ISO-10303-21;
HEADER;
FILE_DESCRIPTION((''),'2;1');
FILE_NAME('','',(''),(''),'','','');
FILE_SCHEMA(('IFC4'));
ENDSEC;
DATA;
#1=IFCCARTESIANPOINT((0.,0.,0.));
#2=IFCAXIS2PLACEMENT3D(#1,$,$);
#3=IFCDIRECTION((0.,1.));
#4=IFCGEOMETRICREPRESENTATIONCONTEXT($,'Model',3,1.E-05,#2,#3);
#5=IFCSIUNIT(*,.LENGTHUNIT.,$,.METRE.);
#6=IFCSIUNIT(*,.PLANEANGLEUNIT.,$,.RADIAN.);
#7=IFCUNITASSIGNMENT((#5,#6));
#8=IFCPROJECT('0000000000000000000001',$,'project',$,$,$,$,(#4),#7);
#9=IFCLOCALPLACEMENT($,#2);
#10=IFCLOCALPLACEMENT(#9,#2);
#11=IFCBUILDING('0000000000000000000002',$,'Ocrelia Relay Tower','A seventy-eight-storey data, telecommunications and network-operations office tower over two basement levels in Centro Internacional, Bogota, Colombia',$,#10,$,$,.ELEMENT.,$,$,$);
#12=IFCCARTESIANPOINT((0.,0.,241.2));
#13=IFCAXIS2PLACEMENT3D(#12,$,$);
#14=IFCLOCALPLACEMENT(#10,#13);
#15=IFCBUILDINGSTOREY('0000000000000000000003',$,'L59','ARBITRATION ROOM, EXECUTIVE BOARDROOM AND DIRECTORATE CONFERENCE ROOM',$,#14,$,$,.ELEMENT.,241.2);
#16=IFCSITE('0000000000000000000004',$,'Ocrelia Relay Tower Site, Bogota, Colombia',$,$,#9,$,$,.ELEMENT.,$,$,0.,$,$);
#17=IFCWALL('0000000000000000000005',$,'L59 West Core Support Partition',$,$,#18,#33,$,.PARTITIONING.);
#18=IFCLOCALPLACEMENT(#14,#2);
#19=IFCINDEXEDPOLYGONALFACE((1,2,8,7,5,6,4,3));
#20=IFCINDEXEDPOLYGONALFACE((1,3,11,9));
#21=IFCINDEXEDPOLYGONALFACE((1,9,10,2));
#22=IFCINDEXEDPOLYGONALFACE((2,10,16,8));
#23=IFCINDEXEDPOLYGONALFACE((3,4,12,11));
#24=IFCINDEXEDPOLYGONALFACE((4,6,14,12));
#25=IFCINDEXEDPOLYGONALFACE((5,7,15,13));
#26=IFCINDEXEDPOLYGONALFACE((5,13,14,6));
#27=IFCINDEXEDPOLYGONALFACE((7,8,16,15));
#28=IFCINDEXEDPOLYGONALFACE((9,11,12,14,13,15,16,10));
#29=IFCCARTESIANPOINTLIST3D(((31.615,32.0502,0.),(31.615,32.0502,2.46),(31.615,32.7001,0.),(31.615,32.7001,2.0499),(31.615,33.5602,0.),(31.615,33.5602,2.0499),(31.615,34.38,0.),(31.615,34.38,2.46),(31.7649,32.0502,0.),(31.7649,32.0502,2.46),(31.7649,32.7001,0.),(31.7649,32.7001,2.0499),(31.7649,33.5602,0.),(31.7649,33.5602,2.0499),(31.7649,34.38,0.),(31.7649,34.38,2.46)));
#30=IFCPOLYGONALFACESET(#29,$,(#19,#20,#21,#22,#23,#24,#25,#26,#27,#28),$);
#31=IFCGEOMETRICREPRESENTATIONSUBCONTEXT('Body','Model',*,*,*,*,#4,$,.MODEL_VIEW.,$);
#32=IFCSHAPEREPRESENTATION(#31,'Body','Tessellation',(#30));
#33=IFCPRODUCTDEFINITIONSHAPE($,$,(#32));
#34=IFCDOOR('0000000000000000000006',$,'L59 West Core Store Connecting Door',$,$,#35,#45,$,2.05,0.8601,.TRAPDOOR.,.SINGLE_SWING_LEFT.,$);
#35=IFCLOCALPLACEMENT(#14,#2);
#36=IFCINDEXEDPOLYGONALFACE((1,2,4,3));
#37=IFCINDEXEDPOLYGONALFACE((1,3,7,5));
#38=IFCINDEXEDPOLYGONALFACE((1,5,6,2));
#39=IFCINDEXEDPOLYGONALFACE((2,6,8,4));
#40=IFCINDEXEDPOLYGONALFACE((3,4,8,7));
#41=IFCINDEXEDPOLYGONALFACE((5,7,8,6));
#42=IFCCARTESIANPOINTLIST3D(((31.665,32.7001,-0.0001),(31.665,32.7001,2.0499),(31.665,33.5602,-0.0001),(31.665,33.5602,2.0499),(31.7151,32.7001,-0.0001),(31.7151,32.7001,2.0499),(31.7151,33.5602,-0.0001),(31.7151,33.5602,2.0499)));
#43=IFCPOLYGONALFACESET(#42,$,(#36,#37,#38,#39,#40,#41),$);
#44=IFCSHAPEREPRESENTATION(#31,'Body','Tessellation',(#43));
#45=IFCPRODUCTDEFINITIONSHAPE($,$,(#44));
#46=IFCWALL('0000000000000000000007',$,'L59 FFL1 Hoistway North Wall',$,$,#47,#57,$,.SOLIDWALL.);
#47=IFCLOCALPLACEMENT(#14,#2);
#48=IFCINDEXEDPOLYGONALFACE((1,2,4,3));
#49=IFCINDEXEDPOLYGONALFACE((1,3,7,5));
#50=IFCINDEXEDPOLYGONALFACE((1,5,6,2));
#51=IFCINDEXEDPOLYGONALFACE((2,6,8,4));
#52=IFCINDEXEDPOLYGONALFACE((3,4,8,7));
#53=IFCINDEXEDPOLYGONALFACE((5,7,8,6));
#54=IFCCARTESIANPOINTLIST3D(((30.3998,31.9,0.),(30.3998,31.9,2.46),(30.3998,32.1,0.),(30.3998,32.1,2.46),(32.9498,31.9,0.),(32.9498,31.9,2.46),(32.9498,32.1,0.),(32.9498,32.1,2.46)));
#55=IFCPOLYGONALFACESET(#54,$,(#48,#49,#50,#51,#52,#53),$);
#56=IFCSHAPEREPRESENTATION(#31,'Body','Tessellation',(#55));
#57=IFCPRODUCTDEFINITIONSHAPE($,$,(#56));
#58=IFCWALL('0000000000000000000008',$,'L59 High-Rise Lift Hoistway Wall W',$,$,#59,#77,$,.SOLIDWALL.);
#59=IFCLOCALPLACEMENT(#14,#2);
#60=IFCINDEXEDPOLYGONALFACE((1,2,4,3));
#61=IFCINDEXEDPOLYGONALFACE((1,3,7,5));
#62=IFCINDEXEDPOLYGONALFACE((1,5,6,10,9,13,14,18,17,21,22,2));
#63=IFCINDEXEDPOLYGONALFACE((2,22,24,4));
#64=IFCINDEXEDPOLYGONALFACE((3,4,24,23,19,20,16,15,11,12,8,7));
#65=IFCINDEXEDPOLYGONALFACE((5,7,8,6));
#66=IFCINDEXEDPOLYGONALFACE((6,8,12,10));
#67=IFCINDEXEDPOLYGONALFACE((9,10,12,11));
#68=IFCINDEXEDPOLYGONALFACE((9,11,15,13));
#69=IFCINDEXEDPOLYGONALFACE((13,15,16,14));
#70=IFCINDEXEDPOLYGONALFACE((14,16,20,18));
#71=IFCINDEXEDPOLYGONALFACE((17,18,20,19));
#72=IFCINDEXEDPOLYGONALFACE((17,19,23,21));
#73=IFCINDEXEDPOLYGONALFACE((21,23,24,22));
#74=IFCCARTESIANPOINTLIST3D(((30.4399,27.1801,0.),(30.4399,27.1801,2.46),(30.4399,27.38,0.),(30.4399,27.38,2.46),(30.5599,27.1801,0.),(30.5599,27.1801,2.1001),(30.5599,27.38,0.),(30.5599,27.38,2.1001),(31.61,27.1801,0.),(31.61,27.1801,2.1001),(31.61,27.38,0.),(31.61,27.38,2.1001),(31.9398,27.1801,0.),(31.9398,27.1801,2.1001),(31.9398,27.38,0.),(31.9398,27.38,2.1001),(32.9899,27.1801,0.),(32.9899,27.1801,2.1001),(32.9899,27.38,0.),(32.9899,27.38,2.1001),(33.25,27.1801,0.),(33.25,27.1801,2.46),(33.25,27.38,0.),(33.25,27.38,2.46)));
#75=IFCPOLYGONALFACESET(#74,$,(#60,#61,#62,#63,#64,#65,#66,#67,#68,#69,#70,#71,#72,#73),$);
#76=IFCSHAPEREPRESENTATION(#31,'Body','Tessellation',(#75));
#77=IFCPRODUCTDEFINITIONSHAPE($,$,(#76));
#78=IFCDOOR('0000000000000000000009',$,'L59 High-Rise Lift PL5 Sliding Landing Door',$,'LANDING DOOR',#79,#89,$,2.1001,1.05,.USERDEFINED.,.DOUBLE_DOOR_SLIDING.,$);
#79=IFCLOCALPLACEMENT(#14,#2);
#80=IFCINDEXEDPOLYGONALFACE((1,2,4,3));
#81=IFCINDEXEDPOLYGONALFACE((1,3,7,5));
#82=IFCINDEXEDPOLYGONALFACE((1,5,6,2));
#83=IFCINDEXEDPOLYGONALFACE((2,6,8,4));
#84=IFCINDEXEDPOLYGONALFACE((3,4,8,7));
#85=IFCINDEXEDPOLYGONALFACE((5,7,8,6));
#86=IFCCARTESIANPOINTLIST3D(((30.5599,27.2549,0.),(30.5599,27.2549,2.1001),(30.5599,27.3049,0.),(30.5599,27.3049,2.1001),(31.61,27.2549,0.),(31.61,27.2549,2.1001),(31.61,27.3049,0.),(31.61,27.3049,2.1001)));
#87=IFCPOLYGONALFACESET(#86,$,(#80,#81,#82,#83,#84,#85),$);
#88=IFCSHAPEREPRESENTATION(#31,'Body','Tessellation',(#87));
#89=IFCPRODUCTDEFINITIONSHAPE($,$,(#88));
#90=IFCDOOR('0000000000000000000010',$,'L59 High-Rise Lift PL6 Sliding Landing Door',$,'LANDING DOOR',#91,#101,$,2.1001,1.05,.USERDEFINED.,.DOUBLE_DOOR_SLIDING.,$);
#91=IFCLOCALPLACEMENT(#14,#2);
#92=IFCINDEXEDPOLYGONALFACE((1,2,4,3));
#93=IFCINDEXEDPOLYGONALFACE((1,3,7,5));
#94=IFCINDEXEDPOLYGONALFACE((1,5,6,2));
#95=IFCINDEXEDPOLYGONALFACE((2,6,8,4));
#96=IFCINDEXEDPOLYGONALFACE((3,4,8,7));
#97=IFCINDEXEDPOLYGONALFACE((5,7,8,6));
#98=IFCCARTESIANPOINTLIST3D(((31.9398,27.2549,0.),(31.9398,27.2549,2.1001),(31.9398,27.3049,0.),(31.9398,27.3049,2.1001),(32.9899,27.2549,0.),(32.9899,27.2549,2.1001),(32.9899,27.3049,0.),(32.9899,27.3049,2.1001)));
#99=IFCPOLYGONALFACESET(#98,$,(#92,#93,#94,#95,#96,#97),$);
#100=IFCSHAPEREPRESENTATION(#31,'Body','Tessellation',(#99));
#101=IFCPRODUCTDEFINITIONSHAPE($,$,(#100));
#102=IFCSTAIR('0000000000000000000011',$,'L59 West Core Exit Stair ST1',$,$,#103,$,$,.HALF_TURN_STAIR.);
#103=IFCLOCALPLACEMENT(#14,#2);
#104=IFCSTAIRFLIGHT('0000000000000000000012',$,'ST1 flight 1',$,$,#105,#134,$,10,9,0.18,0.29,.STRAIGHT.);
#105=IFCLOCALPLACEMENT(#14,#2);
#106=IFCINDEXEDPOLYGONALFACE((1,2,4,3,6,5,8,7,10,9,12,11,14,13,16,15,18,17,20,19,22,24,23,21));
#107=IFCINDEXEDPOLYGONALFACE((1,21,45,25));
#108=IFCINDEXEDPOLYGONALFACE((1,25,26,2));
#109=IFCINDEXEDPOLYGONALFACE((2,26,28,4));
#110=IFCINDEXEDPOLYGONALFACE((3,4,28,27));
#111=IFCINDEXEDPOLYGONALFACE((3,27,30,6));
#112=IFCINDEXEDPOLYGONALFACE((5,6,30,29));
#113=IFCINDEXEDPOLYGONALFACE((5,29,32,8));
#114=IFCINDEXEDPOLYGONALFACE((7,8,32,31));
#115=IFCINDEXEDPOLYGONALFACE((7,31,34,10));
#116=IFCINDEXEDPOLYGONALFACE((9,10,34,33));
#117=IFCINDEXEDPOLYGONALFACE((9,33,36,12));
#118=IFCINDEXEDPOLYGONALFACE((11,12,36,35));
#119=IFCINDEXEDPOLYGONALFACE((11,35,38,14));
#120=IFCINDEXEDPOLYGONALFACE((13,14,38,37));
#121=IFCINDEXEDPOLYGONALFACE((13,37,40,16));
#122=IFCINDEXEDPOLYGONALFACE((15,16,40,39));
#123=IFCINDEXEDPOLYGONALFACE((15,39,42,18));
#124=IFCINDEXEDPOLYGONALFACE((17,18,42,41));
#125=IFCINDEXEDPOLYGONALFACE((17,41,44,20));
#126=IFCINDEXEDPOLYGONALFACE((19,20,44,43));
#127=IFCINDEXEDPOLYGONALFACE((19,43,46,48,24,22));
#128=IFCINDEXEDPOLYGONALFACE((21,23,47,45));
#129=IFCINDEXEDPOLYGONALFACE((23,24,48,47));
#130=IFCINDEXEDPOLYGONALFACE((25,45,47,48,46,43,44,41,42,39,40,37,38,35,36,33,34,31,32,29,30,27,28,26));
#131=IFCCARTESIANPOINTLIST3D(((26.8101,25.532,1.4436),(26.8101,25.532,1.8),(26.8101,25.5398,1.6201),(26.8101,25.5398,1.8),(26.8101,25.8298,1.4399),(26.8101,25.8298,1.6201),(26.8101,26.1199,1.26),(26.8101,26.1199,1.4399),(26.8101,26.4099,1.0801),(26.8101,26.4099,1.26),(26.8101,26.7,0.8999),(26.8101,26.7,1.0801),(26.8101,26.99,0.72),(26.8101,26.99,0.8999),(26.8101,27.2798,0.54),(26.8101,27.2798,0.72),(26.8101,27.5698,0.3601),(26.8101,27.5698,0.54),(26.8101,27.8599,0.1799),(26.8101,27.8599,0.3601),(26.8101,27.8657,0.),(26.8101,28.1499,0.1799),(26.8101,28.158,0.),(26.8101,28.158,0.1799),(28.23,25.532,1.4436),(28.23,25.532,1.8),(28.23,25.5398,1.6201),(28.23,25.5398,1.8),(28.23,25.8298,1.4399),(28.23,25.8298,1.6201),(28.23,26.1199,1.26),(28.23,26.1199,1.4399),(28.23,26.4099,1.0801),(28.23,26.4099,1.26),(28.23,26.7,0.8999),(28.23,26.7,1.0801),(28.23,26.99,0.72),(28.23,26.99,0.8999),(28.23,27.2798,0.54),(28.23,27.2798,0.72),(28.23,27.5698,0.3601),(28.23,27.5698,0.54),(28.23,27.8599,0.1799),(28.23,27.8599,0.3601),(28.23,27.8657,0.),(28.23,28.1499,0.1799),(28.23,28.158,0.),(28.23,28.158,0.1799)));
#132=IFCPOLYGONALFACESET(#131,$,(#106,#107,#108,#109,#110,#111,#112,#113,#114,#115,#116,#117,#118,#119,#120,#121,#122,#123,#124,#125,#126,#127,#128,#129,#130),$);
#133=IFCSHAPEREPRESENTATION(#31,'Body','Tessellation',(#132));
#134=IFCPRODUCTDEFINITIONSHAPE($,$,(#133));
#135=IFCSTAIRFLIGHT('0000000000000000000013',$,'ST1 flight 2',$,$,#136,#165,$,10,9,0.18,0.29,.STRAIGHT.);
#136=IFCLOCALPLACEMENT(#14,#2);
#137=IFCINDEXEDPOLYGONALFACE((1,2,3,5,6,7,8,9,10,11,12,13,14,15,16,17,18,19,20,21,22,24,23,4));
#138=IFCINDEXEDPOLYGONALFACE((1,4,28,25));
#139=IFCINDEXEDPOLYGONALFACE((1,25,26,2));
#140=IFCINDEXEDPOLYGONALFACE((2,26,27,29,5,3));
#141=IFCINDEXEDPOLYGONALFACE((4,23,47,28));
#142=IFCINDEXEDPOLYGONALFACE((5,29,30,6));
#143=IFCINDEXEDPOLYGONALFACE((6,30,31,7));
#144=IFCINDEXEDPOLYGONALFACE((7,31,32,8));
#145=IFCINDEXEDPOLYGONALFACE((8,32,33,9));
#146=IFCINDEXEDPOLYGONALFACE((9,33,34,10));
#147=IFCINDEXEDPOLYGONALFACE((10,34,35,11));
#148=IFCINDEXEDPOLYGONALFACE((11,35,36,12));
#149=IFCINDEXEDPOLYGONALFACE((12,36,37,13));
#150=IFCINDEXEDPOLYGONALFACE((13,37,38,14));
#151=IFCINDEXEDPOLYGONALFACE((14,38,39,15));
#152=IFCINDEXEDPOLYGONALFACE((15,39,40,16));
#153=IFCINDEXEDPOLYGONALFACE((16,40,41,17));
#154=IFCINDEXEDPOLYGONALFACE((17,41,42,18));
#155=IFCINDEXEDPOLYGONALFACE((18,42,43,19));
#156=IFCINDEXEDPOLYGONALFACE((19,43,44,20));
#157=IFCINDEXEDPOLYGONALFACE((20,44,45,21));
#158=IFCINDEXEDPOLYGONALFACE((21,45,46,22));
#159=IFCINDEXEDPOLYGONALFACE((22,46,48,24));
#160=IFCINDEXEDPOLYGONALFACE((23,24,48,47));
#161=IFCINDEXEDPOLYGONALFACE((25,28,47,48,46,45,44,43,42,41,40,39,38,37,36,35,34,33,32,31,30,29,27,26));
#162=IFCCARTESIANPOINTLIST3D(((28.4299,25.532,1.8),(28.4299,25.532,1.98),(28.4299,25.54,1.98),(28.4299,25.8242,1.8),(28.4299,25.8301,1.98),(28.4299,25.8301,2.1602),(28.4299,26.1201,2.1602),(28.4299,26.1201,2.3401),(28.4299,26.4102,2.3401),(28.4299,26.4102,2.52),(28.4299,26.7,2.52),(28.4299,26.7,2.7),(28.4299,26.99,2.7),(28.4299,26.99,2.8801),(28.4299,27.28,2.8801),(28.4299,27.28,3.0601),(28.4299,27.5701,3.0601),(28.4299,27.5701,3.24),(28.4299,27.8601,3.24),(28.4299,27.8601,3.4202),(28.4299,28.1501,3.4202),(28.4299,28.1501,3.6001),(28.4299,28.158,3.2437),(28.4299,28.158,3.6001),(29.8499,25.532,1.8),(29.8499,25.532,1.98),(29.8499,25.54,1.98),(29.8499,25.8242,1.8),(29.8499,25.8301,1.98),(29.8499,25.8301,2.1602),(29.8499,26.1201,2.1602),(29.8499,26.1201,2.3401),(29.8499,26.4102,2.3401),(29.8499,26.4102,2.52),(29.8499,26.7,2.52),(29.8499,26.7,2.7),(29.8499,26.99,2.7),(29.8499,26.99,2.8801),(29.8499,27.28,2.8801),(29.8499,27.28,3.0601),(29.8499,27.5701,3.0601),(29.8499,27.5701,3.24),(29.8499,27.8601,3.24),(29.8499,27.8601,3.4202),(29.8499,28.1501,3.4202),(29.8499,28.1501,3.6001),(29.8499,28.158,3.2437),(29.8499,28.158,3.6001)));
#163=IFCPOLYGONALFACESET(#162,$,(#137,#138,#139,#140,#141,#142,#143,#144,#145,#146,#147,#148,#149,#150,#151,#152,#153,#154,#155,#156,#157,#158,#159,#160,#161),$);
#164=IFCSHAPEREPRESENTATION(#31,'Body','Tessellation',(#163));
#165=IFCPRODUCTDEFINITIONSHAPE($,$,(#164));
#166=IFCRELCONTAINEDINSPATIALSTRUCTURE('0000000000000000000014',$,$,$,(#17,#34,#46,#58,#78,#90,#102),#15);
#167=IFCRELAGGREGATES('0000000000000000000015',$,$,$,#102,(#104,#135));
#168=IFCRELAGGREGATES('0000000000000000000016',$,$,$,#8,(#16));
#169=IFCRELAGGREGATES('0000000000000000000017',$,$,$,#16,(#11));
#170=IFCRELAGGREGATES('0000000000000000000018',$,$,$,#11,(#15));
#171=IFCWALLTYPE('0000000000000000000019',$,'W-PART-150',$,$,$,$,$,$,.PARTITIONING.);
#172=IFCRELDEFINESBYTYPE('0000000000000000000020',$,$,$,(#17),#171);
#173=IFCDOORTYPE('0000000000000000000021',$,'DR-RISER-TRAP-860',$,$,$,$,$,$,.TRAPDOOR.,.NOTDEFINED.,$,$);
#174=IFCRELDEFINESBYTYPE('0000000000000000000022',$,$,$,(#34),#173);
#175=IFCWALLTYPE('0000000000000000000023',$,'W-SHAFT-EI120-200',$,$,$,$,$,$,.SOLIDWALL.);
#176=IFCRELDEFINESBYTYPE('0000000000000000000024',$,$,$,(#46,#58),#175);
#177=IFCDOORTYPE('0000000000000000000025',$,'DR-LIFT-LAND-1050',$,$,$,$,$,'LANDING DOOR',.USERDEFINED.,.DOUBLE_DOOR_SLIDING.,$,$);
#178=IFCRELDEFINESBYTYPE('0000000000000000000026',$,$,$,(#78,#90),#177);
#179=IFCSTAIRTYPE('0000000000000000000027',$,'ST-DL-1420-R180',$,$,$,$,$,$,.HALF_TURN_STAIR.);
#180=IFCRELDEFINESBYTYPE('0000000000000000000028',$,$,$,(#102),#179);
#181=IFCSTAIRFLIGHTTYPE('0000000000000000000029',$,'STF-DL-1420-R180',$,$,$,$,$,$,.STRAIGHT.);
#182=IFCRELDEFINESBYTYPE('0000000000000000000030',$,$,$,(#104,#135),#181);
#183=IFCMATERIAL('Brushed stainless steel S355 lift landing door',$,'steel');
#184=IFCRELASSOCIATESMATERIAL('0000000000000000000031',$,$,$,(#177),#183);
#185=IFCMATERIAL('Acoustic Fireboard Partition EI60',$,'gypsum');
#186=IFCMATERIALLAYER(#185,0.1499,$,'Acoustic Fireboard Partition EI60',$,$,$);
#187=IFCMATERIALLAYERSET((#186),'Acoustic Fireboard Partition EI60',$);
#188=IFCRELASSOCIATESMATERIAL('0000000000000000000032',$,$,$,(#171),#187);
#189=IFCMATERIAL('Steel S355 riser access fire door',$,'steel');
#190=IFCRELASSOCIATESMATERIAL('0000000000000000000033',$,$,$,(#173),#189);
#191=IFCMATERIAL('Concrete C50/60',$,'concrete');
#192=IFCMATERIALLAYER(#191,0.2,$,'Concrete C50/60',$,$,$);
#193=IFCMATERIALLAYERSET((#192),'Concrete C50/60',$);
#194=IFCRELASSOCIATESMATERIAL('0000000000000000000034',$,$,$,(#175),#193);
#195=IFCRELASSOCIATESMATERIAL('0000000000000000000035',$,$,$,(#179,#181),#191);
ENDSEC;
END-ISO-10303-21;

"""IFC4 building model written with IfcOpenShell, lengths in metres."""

from ifc_helpers import new_model, si_unit, direction, frame, frame_2d, origin, place, context, subcontext, project, spatial, polyline, rectangle, outline, extrude, material, layer, layer_set, type_object, element, fill, aggregate, save


model = new_model("IFC4")

# Units and contexts
model_context = context("Model", 3, precision=1e-05, world=origin(), true_north=direction((0.0, 1.0)))
body_context = subcontext(model_context, "Body", "Model", "MODEL_VIEW")
ifc_project = project(units=[si_unit("LENGTHUNIT", "METRE"), si_unit("PLANEANGLEUNIT", "RADIAN")], contexts=[model_context])

# Site, building, storey
site_placement = place(None, origin())
site = spatial("IfcSite", under=ifc_project, at=site_placement, Name="Ocrelia Relay Tower Site, Bogota, Colombia", CompositionType="ELEMENT", RefElevation=0.0)
building_placement = place(site_placement, origin())
building = spatial("IfcBuilding", under=site, at=building_placement, Name="Ocrelia Relay Tower", Description="A seventy-eight-storey data, telecommunications and network-operations office tower over two basement levels in Centro Internacional, Bogota, Colombia", CompositionType="ELEMENT")
storey_placement = place(building_placement, frame((0.0, 0.0, 241.2)))
storey = spatial("IfcBuildingStorey", under=building, at=storey_placement, Name="L59", Description="ARBITRATION ROOM, EXECUTIVE BOARDROOM AND DIRECTORATE CONFERENCE ROOM", CompositionType="ELEMENT", Elevation=241.2)

# Shared definitions
ifc_material_1 = material(Name="Concrete C50/60", Category="concrete")

# Wall, opening, door
ifc_material_2 = material(Name="Brushed stainless steel S355 lift landing door", Category="steel")
door_type_1 = type_object("IfcDoorType", Name="DR-LIFT-LAND-1050", ElementType="LANDING DOOR", OperationType="DOUBLE_DOOR_SLIDING", PredefinedType="USERDEFINED", material=ifc_material_2)
ifc_material_3 = material(Name="Acoustic Fireboard Partition EI60", Category="gypsum")
ifc_layer_1 = layer(ifc_material_3, 0.1499, Name="Acoustic Fireboard Partition EI60")
ifc_layer_set_1 = layer_set([ifc_layer_1], Name="Acoustic Fireboard Partition EI60")
wall_type_1 = type_object("IfcWallType", Name="W-PART-150", PredefinedType="PARTITIONING", material=ifc_layer_set_1)
wall_1_placement = place(storey_placement, frame((31.6899, 32.05, 0.0), z_axis=(0.0, 0.0, 1.0), x_axis=(0.0, 1.0, 0.0)))
wall_1 = element("IfcWall", 1, at=wall_1_placement, inside=storey, type_object=wall_type_1, Name="L59 West Core Support Partition", PredefinedType="PARTITIONING", context=body_context, shape_type="SweptSolid", body=[
    extrude(rectangle(XDim=2.3298, YDim=0.1499, at=frame_2d((1.165, 0.0))), origin(), (0.0, 0.0, 1.0), 2.46),
])
opening_1_placement = place(wall_1_placement, frame((0.6499, 0.0, 0.0)))
opening_1 = element("IfcOpeningElement", 2, at=opening_1_placement, cuts=wall_1, PredefinedType="OPENING", context=body_context, shape_type="SweptSolid", body=[
    extrude(rectangle(XDim=0.8601, YDim=2.05, at=frame_2d((0.4302, 1.0249))), frame((0.0, 0.085, 0.0), z_axis=(0.0, -1.0, 0.0), x_axis=(1.0, 0.0, 0.0)), (0.0, 0.0, 1.0), 0.1699),
])
ifc_material_4 = material(Name="Steel S355 riser access fire door", Category="steel")
door_type_2 = type_object("IfcDoorType", Name="DR-RISER-TRAP-860", OperationType="NOTDEFINED", PredefinedType="TRAPDOOR", material=ifc_material_4)
door_1_placement = place(opening_1_placement, origin())
door_1 = element("IfcDoor", 3, at=door_1_placement, inside=storey, type_object=door_type_2, Name="L59 West Core Store Connecting Door", OperationType="SINGLE_SWING_LEFT", OverallHeight=2.05, OverallWidth=0.8601, PredefinedType="TRAPDOOR", context=body_context, shape_type="SweptSolid", body=[
    extrude(rectangle(XDim=0.8601, YDim=2.05, at=frame_2d((0.4302, 1.0249))), frame((0.0, 0.0249, 0.0), z_axis=(0.0, -1.0, 0.0), x_axis=(1.0, 0.0, 0.0)), (0.0, 0.0, 1.0), 0.05),
])
fill(opening_1, door_1)

# Wall
ifc_layer_2 = layer(ifc_material_1, 0.2, Name="Concrete C50/60")
ifc_layer_set_2 = layer_set([ifc_layer_2], Name="Concrete C50/60")
wall_type_2 = type_object("IfcWallType", Name="W-SHAFT-EI120-200", PredefinedType="SOLIDWALL", material=ifc_layer_set_2)
wall_2_placement = place(storey_placement, frame((30.3999, 32.0, 0.0), z_axis=(0.0, 0.0, 1.0), x_axis=(1.0, 0.0, 0.0)))
element("IfcWall", 4, at=wall_2_placement, inside=storey, type_object=wall_type_2, Name="L59 FFL1 Hoistway North Wall", PredefinedType="SOLIDWALL", context=body_context, shape_type="SweptSolid", body=[
    extrude(rectangle(XDim=2.55, YDim=0.2, at=frame_2d((1.2749, 0.0))), origin(), (0.0, 0.0, 1.0), 2.46),
])

# Wall, openings, doors
wall_3_placement = place(storey_placement, frame((30.4399, 27.28, 0.0), z_axis=(0.0, 0.0, 1.0), x_axis=(1.0, 0.0, 0.0)))
wall_3 = element("IfcWall", 5, at=wall_3_placement, inside=storey, type_object=wall_type_2, Name="L59 High-Rise Lift Hoistway Wall W", PredefinedType="SOLIDWALL", context=body_context, shape_type="SweptSolid", body=[
    extrude(rectangle(XDim=2.8101, YDim=0.2, at=frame_2d((1.405, 0.0))), origin(), (0.0, 0.0, 1.0), 2.46),
])
opening_2_placement = place(wall_3_placement, frame((0.1201, 0.0, 0.0)))
opening_2 = element("IfcOpeningElement", 6, at=opening_2_placement, cuts=wall_3, PredefinedType="OPENING", context=body_context, shape_type="SweptSolid", body=[
    extrude(rectangle(XDim=1.05, YDim=2.1001, at=frame_2d((0.5249, 1.05))), frame((0.0, 0.1099, 0.0), z_axis=(0.0, -1.0, 0.0), x_axis=(1.0, 0.0, 0.0)), (0.0, 0.0, 1.0), 0.22),
])
opening_3_placement = place(wall_3_placement, frame((1.5, 0.0, 0.0)))
opening_3 = element("IfcOpeningElement", 7, at=opening_3_placement, cuts=wall_3, PredefinedType="OPENING", context=body_context, shape_type="SweptSolid", body=[
    extrude(rectangle(XDim=1.05, YDim=2.1001, at=frame_2d((0.5249, 1.05))), frame((0.0, 0.1099, 0.0), z_axis=(0.0, -1.0, 0.0), x_axis=(1.0, 0.0, 0.0)), (0.0, 0.0, 1.0), 0.22),
])
door_2_placement = place(opening_2_placement, origin())
door_2 = element("IfcDoor", 8, at=door_2_placement, inside=storey, type_object=door_type_1, Name="L59 High-Rise Lift PL5 Sliding Landing Door", ObjectType="LANDING DOOR", OperationType="DOUBLE_DOOR_SLIDING", OverallHeight=2.1001, OverallWidth=1.05, PredefinedType="USERDEFINED", context=body_context, shape_type="SweptSolid", body=[
    extrude(rectangle(XDim=1.05, YDim=2.1001, at=frame_2d((0.5249, 1.05))), frame((0.0, 0.0249, 0.0), z_axis=(0.0, -1.0, 0.0), x_axis=(1.0, 0.0, 0.0)), (0.0, 0.0, 1.0), 0.05),
])
fill(opening_2, door_2)
door_3_placement = place(opening_3_placement, origin())
door_3 = element("IfcDoor", 9, at=door_3_placement, inside=storey, type_object=door_type_1, Name="L59 High-Rise Lift PL6 Sliding Landing Door", ObjectType="LANDING DOOR", OperationType="DOUBLE_DOOR_SLIDING", OverallHeight=2.1001, OverallWidth=1.05, PredefinedType="USERDEFINED", context=body_context, shape_type="SweptSolid", body=[
    extrude(rectangle(XDim=1.05, YDim=2.1001, at=frame_2d((0.5249, 1.05))), frame((0.0, 0.0249, 0.0), z_axis=(0.0, -1.0, 0.0), x_axis=(1.0, 0.0, 0.0)), (0.0, 0.0, 1.0), 0.05),
])
fill(opening_3, door_3)

# Stair, stair flights
stair_type = type_object("IfcStairType", Name="ST-DL-1420-R180", PredefinedType="HALF_TURN_STAIR", material=ifc_material_1)
stair_placement = place(storey_placement, origin())
stair = element("IfcStair", 10, at=stair_placement, inside=storey, type_object=stair_type, Name="L59 West Core Exit Stair ST1", PredefinedType="HALF_TURN_STAIR")
stair_flight_type = type_object("IfcStairFlightType", Name="STF-DL-1420-R180", PredefinedType="STRAIGHT", material=ifc_material_1)
stair_flight_1_placement = place(storey_placement, frame((27.52, 28.1499, 0.0), z_axis=(0.0, 0.0, 1.0), x_axis=(0.0, -1.0, 0.0)))
stair_flight_1 = element("IfcStairFlight", 11, at=stair_flight_1_placement, type_object=stair_flight_type, Name="ST1 flight 1", NumberOfRisers=10, NumberOfTreads=9, PredefinedType="STRAIGHT", RiserHeight=0.18, TreadLength=0.29, context=body_context, shape_type="SweptSolid", body=[
    extrude(outline(polyline([(-0.0081, 0.0), (-0.0081, 0.1799), (0.0, 0.1799), (0.29, 0.1799), (0.29, 0.3601), (0.5801, 0.3601), (0.5801, 0.54), (0.8701, 0.54), (0.8701, 0.72), (1.1599, 0.72), (1.1599, 0.8999), (1.45, 0.8999), (1.45, 1.0801), (1.74, 1.0801), (1.74, 1.26), (2.03, 1.26), (2.03, 1.4399), (2.3201, 1.4399), (2.3201, 1.6201), (2.6101, 1.6201), (2.6101, 1.8), (2.6179, 1.8), (2.6179, 1.4436), (0.2842, 0.0), (-0.0081, 0.0)])), frame((0.0, 0.71, 0.0), z_axis=(0.0, -1.0, 0.0), x_axis=(1.0, 0.0, 0.0)), (0.0, 0.0, 1.0), 1.4199),
])
stair_flight_2_placement = place(storey_placement, frame((29.1399, 25.54, 1.8), z_axis=(0.0, 0.0, 1.0), x_axis=(0.0, 1.0, 0.0)))
stair_flight_2 = element("IfcStairFlight", 12, at=stair_flight_2_placement, type_object=stair_flight_type, Name="ST1 flight 2", NumberOfRisers=10, NumberOfTreads=9, PredefinedType="STRAIGHT", RiserHeight=0.18, TreadLength=0.29, context=body_context, shape_type="SweptSolid", body=[
    extrude(outline(polyline([(-0.0081, 0.0), (-0.0081, 0.1799), (0.0, 0.1799), (0.29, 0.1799), (0.29, 0.3601), (0.5801, 0.3601), (0.5801, 0.54), (0.8701, 0.54), (0.8701, 0.72), (1.1599, 0.72), (1.1599, 0.8999), (1.45, 0.8999), (1.45, 1.0801), (1.74, 1.0801), (1.74, 1.26), (2.03, 1.26), (2.03, 1.4399), (2.3201, 1.4399), (2.3201, 1.6201), (2.6101, 1.6201), (2.6101, 1.8), (2.6179, 1.8), (2.6179, 1.4436), (0.2842, 0.0), (-0.0081, 0.0)])), frame((0.0, 0.71, 0.0), z_axis=(0.0, -1.0, 0.0), x_axis=(1.0, 0.0, 0.0)), (0.0, 0.0, 1.0), 1.4199),
])
aggregate(stair, [stair_flight_1, stair_flight_2])

save(model, "model.ifc")
